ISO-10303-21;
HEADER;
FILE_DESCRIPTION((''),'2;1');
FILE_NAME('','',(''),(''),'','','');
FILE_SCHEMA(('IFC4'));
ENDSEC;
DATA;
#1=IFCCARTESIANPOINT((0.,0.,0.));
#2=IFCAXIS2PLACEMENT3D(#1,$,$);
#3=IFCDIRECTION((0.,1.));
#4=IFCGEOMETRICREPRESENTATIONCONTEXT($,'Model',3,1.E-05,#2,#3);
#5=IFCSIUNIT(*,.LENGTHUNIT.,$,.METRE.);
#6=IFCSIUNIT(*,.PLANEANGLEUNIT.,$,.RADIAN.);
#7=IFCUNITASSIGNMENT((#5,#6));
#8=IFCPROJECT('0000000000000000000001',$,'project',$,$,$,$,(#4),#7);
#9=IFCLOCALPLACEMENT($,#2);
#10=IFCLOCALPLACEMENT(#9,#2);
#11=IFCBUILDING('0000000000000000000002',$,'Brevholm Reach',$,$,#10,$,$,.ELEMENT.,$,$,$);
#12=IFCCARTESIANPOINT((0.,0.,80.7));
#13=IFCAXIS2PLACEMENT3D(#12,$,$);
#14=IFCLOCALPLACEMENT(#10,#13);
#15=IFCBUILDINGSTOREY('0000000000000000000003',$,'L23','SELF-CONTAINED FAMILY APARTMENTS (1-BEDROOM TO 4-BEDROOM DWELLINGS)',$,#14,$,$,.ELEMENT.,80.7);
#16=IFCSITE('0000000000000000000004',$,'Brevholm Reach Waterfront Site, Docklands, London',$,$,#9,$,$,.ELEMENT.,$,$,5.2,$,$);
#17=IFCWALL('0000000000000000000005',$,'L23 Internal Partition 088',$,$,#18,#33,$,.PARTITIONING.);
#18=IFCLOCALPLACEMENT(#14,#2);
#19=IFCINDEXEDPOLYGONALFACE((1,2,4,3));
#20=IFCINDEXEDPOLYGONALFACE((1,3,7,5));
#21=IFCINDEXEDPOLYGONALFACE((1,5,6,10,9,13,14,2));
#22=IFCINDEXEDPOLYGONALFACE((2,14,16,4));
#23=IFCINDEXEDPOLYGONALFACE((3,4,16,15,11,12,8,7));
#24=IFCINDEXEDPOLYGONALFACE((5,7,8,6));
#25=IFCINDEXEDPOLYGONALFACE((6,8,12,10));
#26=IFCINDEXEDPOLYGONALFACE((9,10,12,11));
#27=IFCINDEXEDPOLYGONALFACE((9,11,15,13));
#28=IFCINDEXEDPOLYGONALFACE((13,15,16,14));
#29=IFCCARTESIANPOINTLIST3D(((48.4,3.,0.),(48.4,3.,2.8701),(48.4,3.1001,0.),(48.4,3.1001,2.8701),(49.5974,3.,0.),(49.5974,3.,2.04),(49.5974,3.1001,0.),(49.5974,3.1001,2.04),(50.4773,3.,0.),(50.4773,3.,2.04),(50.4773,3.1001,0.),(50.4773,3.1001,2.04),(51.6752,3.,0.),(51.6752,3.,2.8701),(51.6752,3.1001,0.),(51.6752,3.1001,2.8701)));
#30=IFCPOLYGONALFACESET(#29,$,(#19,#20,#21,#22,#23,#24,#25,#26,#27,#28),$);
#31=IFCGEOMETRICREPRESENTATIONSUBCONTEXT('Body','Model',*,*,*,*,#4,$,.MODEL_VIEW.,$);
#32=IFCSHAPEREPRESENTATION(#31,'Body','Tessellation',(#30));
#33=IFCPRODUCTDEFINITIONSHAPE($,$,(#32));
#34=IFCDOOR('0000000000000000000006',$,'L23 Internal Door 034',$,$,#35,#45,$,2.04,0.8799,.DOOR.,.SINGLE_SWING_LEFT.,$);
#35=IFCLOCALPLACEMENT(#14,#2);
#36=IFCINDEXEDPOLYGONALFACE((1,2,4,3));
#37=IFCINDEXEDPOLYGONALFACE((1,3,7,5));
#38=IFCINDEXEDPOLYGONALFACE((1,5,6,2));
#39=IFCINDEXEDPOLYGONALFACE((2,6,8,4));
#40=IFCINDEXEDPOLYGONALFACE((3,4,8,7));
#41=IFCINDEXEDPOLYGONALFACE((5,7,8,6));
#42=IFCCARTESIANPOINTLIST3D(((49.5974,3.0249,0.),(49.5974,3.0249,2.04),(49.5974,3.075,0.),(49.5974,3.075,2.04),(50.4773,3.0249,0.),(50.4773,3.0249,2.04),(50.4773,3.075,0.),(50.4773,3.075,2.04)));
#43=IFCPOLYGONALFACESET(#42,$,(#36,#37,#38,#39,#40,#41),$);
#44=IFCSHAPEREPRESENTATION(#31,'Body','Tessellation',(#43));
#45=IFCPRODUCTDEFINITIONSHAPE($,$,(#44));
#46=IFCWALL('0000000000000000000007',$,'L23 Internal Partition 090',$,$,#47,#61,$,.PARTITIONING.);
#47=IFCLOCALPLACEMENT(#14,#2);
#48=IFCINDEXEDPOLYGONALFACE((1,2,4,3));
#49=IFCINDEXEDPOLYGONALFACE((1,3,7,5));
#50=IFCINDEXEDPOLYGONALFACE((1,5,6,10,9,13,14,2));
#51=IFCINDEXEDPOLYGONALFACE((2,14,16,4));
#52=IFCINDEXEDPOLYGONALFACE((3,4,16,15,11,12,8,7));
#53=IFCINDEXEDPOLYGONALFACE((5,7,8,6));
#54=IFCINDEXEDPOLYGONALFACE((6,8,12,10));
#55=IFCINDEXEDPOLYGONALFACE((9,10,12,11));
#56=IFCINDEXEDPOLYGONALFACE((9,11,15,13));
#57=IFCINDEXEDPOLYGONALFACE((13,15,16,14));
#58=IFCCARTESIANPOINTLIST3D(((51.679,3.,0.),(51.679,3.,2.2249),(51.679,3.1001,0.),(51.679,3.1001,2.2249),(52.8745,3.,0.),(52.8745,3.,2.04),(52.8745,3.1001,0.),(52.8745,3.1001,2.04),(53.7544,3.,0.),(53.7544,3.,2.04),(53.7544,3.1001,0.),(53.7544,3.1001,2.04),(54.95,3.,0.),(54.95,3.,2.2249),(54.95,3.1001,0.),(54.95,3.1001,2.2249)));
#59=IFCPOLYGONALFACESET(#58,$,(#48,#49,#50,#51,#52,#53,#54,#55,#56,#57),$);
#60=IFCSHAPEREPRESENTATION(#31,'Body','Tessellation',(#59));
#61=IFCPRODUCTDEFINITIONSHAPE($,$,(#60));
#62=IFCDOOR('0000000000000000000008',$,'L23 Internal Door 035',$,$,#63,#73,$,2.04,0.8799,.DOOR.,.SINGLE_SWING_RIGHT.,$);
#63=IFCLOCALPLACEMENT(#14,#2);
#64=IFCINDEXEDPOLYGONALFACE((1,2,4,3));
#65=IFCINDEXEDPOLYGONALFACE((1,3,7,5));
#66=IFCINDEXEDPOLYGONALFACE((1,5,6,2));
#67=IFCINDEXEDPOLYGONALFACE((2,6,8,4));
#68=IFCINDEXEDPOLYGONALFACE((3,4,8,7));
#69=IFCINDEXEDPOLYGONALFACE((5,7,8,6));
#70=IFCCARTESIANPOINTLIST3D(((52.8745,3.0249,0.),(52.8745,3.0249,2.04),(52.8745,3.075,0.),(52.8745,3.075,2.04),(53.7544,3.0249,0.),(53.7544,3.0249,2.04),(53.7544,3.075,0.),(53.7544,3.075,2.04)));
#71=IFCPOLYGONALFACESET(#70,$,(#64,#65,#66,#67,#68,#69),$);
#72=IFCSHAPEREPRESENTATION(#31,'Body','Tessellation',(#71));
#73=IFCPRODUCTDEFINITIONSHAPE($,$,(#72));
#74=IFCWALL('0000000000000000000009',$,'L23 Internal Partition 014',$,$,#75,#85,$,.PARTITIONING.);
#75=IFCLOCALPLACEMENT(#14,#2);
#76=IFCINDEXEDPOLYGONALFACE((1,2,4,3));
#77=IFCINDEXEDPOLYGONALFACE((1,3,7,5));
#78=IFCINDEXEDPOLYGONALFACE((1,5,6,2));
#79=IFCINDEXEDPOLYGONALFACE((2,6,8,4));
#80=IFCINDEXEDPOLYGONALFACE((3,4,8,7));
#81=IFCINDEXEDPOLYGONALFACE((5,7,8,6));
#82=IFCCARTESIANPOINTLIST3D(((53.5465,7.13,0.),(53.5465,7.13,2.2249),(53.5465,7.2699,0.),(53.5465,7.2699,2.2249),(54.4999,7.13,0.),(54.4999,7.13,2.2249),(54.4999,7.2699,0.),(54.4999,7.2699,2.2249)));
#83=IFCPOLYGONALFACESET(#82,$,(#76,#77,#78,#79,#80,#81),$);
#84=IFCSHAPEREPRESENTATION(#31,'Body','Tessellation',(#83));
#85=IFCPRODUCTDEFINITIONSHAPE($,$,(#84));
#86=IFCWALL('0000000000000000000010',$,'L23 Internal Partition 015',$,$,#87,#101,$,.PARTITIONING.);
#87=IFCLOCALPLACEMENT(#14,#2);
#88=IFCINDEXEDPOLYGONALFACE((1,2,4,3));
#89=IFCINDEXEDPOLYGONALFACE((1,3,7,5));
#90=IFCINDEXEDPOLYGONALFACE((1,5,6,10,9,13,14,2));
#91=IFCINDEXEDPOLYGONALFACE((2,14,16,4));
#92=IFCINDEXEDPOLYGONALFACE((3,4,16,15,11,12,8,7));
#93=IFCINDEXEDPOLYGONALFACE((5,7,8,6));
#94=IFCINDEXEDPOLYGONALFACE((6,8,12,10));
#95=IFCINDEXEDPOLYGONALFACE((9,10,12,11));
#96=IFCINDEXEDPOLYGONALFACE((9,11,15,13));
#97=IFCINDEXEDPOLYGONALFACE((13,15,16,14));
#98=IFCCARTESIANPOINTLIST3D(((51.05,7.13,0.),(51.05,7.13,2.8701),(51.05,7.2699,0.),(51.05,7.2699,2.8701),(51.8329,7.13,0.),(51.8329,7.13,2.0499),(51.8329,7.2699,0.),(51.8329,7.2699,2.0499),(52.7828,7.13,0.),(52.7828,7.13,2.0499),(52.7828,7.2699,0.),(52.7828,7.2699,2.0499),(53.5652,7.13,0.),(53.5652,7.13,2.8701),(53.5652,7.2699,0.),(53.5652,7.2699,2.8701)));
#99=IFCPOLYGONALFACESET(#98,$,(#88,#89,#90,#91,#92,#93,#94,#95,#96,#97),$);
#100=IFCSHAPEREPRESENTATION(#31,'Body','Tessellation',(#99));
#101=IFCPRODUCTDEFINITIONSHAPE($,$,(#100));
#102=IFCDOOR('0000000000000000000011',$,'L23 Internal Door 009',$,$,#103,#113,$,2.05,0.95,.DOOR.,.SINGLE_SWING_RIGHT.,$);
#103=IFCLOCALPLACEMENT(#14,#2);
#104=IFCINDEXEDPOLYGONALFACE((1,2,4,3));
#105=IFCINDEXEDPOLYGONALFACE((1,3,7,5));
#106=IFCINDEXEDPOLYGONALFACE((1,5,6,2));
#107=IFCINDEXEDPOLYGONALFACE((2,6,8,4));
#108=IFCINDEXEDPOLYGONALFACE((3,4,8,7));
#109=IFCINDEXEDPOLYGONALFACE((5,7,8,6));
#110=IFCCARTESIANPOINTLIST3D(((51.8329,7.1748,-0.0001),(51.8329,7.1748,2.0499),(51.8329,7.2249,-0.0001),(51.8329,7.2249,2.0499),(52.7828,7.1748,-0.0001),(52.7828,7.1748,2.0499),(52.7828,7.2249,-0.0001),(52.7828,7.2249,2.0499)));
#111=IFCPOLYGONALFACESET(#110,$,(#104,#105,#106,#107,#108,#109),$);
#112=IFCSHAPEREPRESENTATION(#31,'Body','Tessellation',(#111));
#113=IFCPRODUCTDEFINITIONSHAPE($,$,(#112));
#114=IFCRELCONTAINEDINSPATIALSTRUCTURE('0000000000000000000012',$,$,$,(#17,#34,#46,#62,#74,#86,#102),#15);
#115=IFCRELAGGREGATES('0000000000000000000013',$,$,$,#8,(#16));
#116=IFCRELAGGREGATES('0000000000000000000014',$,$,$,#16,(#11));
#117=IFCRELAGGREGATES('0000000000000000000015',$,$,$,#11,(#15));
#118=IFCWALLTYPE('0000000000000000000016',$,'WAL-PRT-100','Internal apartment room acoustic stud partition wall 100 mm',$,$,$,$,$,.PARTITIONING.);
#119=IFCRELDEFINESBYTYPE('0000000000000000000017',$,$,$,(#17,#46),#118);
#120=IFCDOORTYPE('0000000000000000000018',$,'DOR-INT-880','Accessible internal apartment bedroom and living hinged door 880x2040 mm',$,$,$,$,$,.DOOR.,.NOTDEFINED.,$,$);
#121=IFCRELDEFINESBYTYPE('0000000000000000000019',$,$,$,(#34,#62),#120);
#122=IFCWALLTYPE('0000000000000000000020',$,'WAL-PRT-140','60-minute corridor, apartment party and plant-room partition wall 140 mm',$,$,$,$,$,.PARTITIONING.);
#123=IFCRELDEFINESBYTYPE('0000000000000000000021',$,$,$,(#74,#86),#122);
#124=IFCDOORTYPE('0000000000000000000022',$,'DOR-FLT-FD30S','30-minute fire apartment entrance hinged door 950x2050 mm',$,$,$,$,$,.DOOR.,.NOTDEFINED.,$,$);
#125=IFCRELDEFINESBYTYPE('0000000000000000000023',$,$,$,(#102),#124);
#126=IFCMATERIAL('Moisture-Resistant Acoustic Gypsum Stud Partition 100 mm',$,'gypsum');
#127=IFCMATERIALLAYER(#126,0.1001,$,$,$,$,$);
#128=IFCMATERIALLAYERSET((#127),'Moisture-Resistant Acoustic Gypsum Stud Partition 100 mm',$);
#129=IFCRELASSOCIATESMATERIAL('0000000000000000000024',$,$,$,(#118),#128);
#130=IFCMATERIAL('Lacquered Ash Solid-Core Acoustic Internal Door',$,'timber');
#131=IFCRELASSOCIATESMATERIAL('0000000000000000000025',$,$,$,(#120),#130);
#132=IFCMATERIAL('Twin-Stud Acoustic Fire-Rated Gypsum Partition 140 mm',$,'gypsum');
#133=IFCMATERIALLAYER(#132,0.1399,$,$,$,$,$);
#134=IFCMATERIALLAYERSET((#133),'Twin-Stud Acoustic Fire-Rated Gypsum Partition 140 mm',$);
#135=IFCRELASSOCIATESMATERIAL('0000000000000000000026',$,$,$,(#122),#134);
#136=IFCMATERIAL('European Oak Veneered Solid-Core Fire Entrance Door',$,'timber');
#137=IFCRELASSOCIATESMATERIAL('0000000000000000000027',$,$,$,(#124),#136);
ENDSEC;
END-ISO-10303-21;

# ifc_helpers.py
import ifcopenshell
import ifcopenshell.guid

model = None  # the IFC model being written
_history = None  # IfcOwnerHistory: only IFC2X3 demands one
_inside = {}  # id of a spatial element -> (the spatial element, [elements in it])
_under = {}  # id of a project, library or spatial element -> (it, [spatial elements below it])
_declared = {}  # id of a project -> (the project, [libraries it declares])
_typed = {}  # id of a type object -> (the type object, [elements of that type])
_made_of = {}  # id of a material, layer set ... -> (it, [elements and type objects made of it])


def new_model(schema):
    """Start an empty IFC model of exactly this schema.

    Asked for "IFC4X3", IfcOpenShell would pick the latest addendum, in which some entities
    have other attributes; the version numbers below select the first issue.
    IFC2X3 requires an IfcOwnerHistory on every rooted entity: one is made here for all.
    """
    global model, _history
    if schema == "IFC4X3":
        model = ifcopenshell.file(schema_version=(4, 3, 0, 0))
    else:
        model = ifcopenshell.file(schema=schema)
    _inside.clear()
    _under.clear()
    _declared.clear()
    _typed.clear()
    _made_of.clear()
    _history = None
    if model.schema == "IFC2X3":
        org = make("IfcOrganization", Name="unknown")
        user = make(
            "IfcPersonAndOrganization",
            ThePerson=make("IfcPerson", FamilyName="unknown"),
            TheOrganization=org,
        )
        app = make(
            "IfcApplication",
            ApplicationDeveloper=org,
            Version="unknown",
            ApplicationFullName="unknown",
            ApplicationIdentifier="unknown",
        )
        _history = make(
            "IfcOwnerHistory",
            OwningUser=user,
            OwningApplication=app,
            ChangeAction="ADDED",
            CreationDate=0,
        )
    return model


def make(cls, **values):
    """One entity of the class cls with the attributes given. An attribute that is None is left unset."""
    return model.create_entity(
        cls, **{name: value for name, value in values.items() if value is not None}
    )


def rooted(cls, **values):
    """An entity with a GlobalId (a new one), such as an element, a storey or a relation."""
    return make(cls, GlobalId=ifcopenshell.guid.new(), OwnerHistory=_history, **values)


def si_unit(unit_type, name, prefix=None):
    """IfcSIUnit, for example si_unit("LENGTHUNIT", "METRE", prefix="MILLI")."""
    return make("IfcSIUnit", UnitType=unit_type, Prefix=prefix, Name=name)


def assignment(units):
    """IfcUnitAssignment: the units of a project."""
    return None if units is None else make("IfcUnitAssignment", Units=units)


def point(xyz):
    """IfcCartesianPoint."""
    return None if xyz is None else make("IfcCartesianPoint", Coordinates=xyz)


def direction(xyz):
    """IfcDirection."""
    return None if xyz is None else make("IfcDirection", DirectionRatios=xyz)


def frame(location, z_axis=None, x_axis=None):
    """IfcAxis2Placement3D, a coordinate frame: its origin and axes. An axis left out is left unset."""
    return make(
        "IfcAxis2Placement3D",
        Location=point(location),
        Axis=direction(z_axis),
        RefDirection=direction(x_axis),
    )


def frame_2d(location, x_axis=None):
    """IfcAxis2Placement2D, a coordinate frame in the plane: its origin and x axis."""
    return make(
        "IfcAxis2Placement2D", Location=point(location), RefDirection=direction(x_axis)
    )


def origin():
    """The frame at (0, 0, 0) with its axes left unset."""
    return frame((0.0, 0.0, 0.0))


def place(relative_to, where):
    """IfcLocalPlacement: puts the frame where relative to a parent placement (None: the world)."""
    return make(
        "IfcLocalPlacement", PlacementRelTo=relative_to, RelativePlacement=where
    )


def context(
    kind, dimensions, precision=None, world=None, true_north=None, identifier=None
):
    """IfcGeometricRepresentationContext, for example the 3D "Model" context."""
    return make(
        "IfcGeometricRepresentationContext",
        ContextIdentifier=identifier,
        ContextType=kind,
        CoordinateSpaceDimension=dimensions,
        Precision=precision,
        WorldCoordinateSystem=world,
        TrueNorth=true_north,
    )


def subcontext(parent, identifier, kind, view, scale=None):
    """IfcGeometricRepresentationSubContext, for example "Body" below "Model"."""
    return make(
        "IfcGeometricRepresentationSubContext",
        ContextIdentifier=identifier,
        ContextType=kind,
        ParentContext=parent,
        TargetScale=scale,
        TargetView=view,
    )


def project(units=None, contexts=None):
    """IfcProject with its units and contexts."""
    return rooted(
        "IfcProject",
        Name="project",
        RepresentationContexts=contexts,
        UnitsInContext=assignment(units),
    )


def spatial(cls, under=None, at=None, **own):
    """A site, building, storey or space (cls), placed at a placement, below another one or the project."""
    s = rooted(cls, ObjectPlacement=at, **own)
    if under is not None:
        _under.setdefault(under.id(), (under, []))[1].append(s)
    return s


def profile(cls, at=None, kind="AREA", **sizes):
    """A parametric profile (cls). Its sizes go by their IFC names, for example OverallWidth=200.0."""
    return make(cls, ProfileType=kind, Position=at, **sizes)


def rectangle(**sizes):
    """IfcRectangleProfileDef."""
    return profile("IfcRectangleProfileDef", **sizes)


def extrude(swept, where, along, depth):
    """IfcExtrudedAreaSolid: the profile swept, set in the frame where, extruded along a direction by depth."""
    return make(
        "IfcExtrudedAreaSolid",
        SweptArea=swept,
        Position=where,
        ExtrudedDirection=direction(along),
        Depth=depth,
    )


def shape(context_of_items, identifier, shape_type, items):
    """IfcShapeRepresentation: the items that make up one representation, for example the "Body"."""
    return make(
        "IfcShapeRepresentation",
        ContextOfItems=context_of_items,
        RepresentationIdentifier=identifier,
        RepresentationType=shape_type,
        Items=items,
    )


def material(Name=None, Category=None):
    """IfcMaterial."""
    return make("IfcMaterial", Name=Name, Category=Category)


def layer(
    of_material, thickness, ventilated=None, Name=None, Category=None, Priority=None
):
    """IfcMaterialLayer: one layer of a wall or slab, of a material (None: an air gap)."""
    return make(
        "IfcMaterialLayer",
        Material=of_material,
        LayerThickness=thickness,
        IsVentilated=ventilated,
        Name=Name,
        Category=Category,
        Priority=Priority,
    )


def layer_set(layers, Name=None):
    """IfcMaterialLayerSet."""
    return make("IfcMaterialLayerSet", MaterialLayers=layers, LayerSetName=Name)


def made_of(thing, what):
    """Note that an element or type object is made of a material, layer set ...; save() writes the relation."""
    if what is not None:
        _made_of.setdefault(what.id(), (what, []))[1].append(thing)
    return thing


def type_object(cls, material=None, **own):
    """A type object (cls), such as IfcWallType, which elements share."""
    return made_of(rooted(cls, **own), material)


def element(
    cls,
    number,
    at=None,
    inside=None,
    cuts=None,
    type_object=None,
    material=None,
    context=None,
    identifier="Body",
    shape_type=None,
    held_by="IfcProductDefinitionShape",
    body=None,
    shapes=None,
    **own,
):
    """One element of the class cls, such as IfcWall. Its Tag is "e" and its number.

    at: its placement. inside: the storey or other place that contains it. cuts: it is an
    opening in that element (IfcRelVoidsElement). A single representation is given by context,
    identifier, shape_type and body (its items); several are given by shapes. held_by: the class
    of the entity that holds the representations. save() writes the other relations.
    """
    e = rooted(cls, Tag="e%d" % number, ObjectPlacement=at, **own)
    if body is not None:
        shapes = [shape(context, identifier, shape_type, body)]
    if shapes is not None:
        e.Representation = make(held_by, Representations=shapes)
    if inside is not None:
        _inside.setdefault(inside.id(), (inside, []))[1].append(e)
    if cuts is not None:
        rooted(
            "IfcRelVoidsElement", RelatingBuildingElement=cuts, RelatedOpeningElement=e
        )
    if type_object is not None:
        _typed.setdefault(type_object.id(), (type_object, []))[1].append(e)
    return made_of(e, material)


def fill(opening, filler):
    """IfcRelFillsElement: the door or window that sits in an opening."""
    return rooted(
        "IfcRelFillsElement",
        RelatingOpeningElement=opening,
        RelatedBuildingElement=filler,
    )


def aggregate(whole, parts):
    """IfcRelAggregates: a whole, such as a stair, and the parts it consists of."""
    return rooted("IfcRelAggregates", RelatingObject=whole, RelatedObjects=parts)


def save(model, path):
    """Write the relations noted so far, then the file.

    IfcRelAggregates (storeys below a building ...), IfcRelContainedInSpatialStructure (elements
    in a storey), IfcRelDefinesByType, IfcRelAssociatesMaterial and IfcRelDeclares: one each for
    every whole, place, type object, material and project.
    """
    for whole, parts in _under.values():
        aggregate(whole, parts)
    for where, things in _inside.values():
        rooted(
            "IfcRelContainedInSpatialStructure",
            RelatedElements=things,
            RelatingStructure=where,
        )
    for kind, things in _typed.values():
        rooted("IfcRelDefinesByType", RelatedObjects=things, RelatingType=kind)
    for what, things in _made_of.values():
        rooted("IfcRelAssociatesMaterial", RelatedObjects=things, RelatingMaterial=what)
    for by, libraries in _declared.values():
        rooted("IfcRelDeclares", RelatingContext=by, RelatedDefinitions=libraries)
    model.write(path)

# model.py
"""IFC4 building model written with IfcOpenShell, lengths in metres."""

from ifc_helpers import new_model, si_unit, direction, frame, frame_2d, origin, place, context, subcontext, project, spatial, rectangle, extrude, material, layer, layer_set, type_object, element, fill, save


model = new_model("IFC4")

# Units and contexts
model_context = context("Model", 3, precision=1e-05, world=origin(), true_north=direction((0.0, 1.0)))
body_context = subcontext(model_context, "Body", "Model", "MODEL_VIEW")
ifc_project = project(units=[si_unit("LENGTHUNIT", "METRE"), si_unit("PLANEANGLEUNIT", "RADIAN")], contexts=[model_context])

# Site, building, storey
site_placement = place(None, origin())
site = spatial("IfcSite", under=ifc_project, at=site_placement, Name="Brevholm Reach Waterfront Site, Docklands, London", CompositionType="ELEMENT", RefElevation=5.2)
building_placement = place(site_placement, origin())
building = spatial("IfcBuilding", under=site, at=building_placement, Name="Brevholm Reach", CompositionType="ELEMENT")
storey_placement = place(building_placement, frame((0.0, 0.0, 80.7)))
storey = spatial("IfcBuildingStorey", under=building, at=storey_placement, Name="L23", Description="SELF-CONTAINED FAMILY APARTMENTS (1-BEDROOM TO 4-BEDROOM DWELLINGS)", CompositionType="ELEMENT", Elevation=80.7)

# Shared definitions
ifc_material_1 = material(Name="Moisture-Resistant Acoustic Gypsum Stud Partition 100 mm", Category="gypsum")
ifc_layer_1 = layer(ifc_material_1, 0.1001)
ifc_layer_set_1 = layer_set([ifc_layer_1], Name="Moisture-Resistant Acoustic Gypsum Stud Partition 100 mm")
wall_type_1 = type_object("IfcWallType", Name="WAL-PRT-100", Description="Internal apartment room acoustic stud partition wall 100 mm", PredefinedType="PARTITIONING", material=ifc_layer_set_1)
ifc_material_2 = material(Name="Lacquered Ash Solid-Core Acoustic Internal Door", Category="timber")
door_type_1 = type_object("IfcDoorType", Name="DOR-INT-880", Description="Accessible internal apartment bedroom and living hinged door 880x2040 mm", OperationType="NOTDEFINED", PredefinedType="DOOR", material=ifc_material_2)

# Walls, openings, doors
wall_1_placement = place(storey_placement, frame((48.3999, 3.05, 0.0), z_axis=(0.0, 0.0, 1.0), x_axis=(1.0, 0.0, 0.0)))
wall_1 = element("IfcWall", 1, at=wall_1_placement, inside=storey, type_object=wall_type_1, Name="L23 Internal Partition 088", PredefinedType="PARTITIONING", context=body_context, shape_type="SweptSolid", body=[
    extrude(rectangle(XDim=3.2751, YDim=0.1001, at=frame_2d((1.6377, 0.0))), origin(), (0.0, 0.0, 1.0), 2.8701),
])
opening_1_placement = place(wall_1_placement, frame((1.1975, 0.0, 0.0)))
opening_1 = element("IfcOpeningElement", 2, at=opening_1_placement, cuts=wall_1, PredefinedType="OPENING", context=body_context, shape_type="SweptSolid", body=[
    extrude(rectangle(XDim=0.8799, YDim=2.04, at=frame_2d((0.4399, 1.02))), frame((0.0, 0.0601, 0.0), z_axis=(0.0, -1.0, 0.0), x_axis=(1.0, 0.0, 0.0)), (0.0, 0.0, 1.0), 0.1201),
])
door_1_placement = place(opening_1_placement, origin())
door_1 = element("IfcDoor", 3, at=door_1_placement, inside=storey, type_object=door_type_1, Name="L23 Internal Door 034", OperationType="SINGLE_SWING_LEFT", OverallHeight=2.04, OverallWidth=0.8799, PredefinedType="DOOR", context=body_context, shape_type="SweptSolid", body=[
    extrude(rectangle(XDim=0.8799, YDim=2.04, at=frame_2d((0.4399, 1.02))), frame((0.0, 0.0249, 0.0), z_axis=(0.0, -1.0, 0.0), x_axis=(1.0, 0.0, 0.0)), (0.0, 0.0, 1.0), 0.05),
])
fill(opening_1, door_1)
wall_2_placement = place(storey_placement, frame((51.679, 3.05, 0.0), z_axis=(0.0, 0.0, 1.0), x_axis=(1.0, 0.0, 0.0)))
wall_2 = element("IfcWall", 4, at=wall_2_placement, inside=storey, type_object=wall_type_1, Name="L23 Internal Partition 090", PredefinedType="PARTITIONING", context=body_context, shape_type="SweptSolid", body=[
    extrude(rectangle(XDim=3.271, YDim=0.1001, at=frame_2d((1.6355, 0.0))), origin(), (0.0, 0.0, 1.0), 2.2249),
])
opening_2_placement = place(wall_2_placement, frame((1.1956, 0.0, 0.0)))
opening_2 = element("IfcOpeningElement", 5, at=opening_2_placement, cuts=wall_2, PredefinedType="OPENING", context=body_context, shape_type="SweptSolid", body=[
    extrude(rectangle(XDim=0.8799, YDim=2.04, at=frame_2d((0.4399, 1.02))), frame((0.0, 0.0601, 0.0), z_axis=(0.0, -1.0, 0.0), x_axis=(1.0, 0.0, 0.0)), (0.0, 0.0, 1.0), 0.1201),
])
door_2_placement = place(opening_2_placement, origin())
door_2 = element("IfcDoor", 6, at=door_2_placement, inside=storey, type_object=door_type_1, Name="L23 Internal Door 035", OperationType="SINGLE_SWING_RIGHT", OverallHeight=2.04, OverallWidth=0.8799, PredefinedType="DOOR", context=body_context, shape_type="SweptSolid", body=[
    extrude(rectangle(XDim=0.8799, YDim=2.04, at=frame_2d((0.4399, 1.02))), frame((0.0, 0.0249, 0.0), z_axis=(0.0, -1.0, 0.0), x_axis=(1.0, 0.0, 0.0)), (0.0, 0.0, 1.0), 0.05),
])
fill(opening_2, door_2)

# Wall
ifc_material_3 = material(Name="Twin-Stud Acoustic Fire-Rated Gypsum Partition 140 mm", Category="gypsum")
ifc_layer_2 = layer(ifc_material_3, 0.1399)
ifc_layer_set_2 = layer_set([ifc_layer_2], Name="Twin-Stud Acoustic Fire-Rated Gypsum Partition 140 mm")
wall_type_2 = type_object("IfcWallType", Name="WAL-PRT-140", Description="60-minute corridor, apartment party and plant-room partition wall 140 mm", PredefinedType="PARTITIONING", material=ifc_layer_set_2)
wall_3_placement = place(storey_placement, frame((53.5466, 7.2, 0.0), z_axis=(0.0, 0.0, 1.0), x_axis=(1.0, 0.0, 0.0)))
element("IfcWall", 7, at=wall_3_placement, inside=storey, type_object=wall_type_2, Name="L23 Internal Partition 014", PredefinedType="PARTITIONING", context=body_context, shape_type="SweptSolid", body=[
    extrude(rectangle(XDim=0.9534, YDim=0.1399, at=frame_2d((0.4766, 0.0))), origin(), (0.0, 0.0, 1.0), 2.2249),
])

# Wall, opening, door
wall_4_placement = place(storey_placement, frame((51.05, 7.2, 0.0), z_axis=(0.0, 0.0, 1.0), x_axis=(1.0, 0.0, 0.0)))
wall_4 = element("IfcWall", 8, at=wall_4_placement, inside=storey, type_object=wall_type_2, Name="L23 Internal Partition 015", PredefinedType="PARTITIONING", context=body_context, shape_type="SweptSolid", body=[
    extrude(rectangle(XDim=2.5151, YDim=0.1399, at=frame_2d((1.2576, 0.0))), origin(), (0.0, 0.0, 1.0), 2.8701),
])
opening_3_placement = place(wall_4_placement, frame((0.7827, 0.0, 0.0)))
opening_3 = element("IfcOpeningElement", 9, at=opening_3_placement, cuts=wall_4, PredefinedType="OPENING", context=body_context, shape_type="SweptSolid", body=[
    extrude(rectangle(XDim=0.95, YDim=2.05, at=frame_2d((0.4751, 1.0249))), frame((0.0, 0.0798, 0.0), z_axis=(0.0, -1.0, 0.0), x_axis=(1.0, 0.0, 0.0)), (0.0, 0.0, 1.0), 0.1599),
])
ifc_material_4 = material(Name="European Oak Veneered Solid-Core Fire Entrance Door", Category="timber")
door_type_2 = type_object("IfcDoorType", Name="DOR-FLT-FD30S", Description="30-minute fire apartment entrance hinged door 950x2050 mm", OperationType="NOTDEFINED", PredefinedType="DOOR", material=ifc_material_4)
door_3_placement = place(opening_3_placement, origin())
door_3 = element("IfcDoor", 10, at=door_3_placement, inside=storey, type_object=door_type_2, Name="L23 Internal Door 009", OperationType="SINGLE_SWING_RIGHT", OverallHeight=2.05, OverallWidth=0.95, PredefinedType="DOOR", context=body_context, shape_type="SweptSolid", body=[
    extrude(rectangle(XDim=0.95, YDim=2.05, at=frame_2d((0.4751, 1.0249))), frame((0.0, 0.0249, 0.0), z_axis=(0.0, -1.0, 0.0), x_axis=(1.0, 0.0, 0.0)), (0.0, 0.0, 1.0), 0.05),
])
fill(opening_3, door_3)

save(model, "model.ifc")
